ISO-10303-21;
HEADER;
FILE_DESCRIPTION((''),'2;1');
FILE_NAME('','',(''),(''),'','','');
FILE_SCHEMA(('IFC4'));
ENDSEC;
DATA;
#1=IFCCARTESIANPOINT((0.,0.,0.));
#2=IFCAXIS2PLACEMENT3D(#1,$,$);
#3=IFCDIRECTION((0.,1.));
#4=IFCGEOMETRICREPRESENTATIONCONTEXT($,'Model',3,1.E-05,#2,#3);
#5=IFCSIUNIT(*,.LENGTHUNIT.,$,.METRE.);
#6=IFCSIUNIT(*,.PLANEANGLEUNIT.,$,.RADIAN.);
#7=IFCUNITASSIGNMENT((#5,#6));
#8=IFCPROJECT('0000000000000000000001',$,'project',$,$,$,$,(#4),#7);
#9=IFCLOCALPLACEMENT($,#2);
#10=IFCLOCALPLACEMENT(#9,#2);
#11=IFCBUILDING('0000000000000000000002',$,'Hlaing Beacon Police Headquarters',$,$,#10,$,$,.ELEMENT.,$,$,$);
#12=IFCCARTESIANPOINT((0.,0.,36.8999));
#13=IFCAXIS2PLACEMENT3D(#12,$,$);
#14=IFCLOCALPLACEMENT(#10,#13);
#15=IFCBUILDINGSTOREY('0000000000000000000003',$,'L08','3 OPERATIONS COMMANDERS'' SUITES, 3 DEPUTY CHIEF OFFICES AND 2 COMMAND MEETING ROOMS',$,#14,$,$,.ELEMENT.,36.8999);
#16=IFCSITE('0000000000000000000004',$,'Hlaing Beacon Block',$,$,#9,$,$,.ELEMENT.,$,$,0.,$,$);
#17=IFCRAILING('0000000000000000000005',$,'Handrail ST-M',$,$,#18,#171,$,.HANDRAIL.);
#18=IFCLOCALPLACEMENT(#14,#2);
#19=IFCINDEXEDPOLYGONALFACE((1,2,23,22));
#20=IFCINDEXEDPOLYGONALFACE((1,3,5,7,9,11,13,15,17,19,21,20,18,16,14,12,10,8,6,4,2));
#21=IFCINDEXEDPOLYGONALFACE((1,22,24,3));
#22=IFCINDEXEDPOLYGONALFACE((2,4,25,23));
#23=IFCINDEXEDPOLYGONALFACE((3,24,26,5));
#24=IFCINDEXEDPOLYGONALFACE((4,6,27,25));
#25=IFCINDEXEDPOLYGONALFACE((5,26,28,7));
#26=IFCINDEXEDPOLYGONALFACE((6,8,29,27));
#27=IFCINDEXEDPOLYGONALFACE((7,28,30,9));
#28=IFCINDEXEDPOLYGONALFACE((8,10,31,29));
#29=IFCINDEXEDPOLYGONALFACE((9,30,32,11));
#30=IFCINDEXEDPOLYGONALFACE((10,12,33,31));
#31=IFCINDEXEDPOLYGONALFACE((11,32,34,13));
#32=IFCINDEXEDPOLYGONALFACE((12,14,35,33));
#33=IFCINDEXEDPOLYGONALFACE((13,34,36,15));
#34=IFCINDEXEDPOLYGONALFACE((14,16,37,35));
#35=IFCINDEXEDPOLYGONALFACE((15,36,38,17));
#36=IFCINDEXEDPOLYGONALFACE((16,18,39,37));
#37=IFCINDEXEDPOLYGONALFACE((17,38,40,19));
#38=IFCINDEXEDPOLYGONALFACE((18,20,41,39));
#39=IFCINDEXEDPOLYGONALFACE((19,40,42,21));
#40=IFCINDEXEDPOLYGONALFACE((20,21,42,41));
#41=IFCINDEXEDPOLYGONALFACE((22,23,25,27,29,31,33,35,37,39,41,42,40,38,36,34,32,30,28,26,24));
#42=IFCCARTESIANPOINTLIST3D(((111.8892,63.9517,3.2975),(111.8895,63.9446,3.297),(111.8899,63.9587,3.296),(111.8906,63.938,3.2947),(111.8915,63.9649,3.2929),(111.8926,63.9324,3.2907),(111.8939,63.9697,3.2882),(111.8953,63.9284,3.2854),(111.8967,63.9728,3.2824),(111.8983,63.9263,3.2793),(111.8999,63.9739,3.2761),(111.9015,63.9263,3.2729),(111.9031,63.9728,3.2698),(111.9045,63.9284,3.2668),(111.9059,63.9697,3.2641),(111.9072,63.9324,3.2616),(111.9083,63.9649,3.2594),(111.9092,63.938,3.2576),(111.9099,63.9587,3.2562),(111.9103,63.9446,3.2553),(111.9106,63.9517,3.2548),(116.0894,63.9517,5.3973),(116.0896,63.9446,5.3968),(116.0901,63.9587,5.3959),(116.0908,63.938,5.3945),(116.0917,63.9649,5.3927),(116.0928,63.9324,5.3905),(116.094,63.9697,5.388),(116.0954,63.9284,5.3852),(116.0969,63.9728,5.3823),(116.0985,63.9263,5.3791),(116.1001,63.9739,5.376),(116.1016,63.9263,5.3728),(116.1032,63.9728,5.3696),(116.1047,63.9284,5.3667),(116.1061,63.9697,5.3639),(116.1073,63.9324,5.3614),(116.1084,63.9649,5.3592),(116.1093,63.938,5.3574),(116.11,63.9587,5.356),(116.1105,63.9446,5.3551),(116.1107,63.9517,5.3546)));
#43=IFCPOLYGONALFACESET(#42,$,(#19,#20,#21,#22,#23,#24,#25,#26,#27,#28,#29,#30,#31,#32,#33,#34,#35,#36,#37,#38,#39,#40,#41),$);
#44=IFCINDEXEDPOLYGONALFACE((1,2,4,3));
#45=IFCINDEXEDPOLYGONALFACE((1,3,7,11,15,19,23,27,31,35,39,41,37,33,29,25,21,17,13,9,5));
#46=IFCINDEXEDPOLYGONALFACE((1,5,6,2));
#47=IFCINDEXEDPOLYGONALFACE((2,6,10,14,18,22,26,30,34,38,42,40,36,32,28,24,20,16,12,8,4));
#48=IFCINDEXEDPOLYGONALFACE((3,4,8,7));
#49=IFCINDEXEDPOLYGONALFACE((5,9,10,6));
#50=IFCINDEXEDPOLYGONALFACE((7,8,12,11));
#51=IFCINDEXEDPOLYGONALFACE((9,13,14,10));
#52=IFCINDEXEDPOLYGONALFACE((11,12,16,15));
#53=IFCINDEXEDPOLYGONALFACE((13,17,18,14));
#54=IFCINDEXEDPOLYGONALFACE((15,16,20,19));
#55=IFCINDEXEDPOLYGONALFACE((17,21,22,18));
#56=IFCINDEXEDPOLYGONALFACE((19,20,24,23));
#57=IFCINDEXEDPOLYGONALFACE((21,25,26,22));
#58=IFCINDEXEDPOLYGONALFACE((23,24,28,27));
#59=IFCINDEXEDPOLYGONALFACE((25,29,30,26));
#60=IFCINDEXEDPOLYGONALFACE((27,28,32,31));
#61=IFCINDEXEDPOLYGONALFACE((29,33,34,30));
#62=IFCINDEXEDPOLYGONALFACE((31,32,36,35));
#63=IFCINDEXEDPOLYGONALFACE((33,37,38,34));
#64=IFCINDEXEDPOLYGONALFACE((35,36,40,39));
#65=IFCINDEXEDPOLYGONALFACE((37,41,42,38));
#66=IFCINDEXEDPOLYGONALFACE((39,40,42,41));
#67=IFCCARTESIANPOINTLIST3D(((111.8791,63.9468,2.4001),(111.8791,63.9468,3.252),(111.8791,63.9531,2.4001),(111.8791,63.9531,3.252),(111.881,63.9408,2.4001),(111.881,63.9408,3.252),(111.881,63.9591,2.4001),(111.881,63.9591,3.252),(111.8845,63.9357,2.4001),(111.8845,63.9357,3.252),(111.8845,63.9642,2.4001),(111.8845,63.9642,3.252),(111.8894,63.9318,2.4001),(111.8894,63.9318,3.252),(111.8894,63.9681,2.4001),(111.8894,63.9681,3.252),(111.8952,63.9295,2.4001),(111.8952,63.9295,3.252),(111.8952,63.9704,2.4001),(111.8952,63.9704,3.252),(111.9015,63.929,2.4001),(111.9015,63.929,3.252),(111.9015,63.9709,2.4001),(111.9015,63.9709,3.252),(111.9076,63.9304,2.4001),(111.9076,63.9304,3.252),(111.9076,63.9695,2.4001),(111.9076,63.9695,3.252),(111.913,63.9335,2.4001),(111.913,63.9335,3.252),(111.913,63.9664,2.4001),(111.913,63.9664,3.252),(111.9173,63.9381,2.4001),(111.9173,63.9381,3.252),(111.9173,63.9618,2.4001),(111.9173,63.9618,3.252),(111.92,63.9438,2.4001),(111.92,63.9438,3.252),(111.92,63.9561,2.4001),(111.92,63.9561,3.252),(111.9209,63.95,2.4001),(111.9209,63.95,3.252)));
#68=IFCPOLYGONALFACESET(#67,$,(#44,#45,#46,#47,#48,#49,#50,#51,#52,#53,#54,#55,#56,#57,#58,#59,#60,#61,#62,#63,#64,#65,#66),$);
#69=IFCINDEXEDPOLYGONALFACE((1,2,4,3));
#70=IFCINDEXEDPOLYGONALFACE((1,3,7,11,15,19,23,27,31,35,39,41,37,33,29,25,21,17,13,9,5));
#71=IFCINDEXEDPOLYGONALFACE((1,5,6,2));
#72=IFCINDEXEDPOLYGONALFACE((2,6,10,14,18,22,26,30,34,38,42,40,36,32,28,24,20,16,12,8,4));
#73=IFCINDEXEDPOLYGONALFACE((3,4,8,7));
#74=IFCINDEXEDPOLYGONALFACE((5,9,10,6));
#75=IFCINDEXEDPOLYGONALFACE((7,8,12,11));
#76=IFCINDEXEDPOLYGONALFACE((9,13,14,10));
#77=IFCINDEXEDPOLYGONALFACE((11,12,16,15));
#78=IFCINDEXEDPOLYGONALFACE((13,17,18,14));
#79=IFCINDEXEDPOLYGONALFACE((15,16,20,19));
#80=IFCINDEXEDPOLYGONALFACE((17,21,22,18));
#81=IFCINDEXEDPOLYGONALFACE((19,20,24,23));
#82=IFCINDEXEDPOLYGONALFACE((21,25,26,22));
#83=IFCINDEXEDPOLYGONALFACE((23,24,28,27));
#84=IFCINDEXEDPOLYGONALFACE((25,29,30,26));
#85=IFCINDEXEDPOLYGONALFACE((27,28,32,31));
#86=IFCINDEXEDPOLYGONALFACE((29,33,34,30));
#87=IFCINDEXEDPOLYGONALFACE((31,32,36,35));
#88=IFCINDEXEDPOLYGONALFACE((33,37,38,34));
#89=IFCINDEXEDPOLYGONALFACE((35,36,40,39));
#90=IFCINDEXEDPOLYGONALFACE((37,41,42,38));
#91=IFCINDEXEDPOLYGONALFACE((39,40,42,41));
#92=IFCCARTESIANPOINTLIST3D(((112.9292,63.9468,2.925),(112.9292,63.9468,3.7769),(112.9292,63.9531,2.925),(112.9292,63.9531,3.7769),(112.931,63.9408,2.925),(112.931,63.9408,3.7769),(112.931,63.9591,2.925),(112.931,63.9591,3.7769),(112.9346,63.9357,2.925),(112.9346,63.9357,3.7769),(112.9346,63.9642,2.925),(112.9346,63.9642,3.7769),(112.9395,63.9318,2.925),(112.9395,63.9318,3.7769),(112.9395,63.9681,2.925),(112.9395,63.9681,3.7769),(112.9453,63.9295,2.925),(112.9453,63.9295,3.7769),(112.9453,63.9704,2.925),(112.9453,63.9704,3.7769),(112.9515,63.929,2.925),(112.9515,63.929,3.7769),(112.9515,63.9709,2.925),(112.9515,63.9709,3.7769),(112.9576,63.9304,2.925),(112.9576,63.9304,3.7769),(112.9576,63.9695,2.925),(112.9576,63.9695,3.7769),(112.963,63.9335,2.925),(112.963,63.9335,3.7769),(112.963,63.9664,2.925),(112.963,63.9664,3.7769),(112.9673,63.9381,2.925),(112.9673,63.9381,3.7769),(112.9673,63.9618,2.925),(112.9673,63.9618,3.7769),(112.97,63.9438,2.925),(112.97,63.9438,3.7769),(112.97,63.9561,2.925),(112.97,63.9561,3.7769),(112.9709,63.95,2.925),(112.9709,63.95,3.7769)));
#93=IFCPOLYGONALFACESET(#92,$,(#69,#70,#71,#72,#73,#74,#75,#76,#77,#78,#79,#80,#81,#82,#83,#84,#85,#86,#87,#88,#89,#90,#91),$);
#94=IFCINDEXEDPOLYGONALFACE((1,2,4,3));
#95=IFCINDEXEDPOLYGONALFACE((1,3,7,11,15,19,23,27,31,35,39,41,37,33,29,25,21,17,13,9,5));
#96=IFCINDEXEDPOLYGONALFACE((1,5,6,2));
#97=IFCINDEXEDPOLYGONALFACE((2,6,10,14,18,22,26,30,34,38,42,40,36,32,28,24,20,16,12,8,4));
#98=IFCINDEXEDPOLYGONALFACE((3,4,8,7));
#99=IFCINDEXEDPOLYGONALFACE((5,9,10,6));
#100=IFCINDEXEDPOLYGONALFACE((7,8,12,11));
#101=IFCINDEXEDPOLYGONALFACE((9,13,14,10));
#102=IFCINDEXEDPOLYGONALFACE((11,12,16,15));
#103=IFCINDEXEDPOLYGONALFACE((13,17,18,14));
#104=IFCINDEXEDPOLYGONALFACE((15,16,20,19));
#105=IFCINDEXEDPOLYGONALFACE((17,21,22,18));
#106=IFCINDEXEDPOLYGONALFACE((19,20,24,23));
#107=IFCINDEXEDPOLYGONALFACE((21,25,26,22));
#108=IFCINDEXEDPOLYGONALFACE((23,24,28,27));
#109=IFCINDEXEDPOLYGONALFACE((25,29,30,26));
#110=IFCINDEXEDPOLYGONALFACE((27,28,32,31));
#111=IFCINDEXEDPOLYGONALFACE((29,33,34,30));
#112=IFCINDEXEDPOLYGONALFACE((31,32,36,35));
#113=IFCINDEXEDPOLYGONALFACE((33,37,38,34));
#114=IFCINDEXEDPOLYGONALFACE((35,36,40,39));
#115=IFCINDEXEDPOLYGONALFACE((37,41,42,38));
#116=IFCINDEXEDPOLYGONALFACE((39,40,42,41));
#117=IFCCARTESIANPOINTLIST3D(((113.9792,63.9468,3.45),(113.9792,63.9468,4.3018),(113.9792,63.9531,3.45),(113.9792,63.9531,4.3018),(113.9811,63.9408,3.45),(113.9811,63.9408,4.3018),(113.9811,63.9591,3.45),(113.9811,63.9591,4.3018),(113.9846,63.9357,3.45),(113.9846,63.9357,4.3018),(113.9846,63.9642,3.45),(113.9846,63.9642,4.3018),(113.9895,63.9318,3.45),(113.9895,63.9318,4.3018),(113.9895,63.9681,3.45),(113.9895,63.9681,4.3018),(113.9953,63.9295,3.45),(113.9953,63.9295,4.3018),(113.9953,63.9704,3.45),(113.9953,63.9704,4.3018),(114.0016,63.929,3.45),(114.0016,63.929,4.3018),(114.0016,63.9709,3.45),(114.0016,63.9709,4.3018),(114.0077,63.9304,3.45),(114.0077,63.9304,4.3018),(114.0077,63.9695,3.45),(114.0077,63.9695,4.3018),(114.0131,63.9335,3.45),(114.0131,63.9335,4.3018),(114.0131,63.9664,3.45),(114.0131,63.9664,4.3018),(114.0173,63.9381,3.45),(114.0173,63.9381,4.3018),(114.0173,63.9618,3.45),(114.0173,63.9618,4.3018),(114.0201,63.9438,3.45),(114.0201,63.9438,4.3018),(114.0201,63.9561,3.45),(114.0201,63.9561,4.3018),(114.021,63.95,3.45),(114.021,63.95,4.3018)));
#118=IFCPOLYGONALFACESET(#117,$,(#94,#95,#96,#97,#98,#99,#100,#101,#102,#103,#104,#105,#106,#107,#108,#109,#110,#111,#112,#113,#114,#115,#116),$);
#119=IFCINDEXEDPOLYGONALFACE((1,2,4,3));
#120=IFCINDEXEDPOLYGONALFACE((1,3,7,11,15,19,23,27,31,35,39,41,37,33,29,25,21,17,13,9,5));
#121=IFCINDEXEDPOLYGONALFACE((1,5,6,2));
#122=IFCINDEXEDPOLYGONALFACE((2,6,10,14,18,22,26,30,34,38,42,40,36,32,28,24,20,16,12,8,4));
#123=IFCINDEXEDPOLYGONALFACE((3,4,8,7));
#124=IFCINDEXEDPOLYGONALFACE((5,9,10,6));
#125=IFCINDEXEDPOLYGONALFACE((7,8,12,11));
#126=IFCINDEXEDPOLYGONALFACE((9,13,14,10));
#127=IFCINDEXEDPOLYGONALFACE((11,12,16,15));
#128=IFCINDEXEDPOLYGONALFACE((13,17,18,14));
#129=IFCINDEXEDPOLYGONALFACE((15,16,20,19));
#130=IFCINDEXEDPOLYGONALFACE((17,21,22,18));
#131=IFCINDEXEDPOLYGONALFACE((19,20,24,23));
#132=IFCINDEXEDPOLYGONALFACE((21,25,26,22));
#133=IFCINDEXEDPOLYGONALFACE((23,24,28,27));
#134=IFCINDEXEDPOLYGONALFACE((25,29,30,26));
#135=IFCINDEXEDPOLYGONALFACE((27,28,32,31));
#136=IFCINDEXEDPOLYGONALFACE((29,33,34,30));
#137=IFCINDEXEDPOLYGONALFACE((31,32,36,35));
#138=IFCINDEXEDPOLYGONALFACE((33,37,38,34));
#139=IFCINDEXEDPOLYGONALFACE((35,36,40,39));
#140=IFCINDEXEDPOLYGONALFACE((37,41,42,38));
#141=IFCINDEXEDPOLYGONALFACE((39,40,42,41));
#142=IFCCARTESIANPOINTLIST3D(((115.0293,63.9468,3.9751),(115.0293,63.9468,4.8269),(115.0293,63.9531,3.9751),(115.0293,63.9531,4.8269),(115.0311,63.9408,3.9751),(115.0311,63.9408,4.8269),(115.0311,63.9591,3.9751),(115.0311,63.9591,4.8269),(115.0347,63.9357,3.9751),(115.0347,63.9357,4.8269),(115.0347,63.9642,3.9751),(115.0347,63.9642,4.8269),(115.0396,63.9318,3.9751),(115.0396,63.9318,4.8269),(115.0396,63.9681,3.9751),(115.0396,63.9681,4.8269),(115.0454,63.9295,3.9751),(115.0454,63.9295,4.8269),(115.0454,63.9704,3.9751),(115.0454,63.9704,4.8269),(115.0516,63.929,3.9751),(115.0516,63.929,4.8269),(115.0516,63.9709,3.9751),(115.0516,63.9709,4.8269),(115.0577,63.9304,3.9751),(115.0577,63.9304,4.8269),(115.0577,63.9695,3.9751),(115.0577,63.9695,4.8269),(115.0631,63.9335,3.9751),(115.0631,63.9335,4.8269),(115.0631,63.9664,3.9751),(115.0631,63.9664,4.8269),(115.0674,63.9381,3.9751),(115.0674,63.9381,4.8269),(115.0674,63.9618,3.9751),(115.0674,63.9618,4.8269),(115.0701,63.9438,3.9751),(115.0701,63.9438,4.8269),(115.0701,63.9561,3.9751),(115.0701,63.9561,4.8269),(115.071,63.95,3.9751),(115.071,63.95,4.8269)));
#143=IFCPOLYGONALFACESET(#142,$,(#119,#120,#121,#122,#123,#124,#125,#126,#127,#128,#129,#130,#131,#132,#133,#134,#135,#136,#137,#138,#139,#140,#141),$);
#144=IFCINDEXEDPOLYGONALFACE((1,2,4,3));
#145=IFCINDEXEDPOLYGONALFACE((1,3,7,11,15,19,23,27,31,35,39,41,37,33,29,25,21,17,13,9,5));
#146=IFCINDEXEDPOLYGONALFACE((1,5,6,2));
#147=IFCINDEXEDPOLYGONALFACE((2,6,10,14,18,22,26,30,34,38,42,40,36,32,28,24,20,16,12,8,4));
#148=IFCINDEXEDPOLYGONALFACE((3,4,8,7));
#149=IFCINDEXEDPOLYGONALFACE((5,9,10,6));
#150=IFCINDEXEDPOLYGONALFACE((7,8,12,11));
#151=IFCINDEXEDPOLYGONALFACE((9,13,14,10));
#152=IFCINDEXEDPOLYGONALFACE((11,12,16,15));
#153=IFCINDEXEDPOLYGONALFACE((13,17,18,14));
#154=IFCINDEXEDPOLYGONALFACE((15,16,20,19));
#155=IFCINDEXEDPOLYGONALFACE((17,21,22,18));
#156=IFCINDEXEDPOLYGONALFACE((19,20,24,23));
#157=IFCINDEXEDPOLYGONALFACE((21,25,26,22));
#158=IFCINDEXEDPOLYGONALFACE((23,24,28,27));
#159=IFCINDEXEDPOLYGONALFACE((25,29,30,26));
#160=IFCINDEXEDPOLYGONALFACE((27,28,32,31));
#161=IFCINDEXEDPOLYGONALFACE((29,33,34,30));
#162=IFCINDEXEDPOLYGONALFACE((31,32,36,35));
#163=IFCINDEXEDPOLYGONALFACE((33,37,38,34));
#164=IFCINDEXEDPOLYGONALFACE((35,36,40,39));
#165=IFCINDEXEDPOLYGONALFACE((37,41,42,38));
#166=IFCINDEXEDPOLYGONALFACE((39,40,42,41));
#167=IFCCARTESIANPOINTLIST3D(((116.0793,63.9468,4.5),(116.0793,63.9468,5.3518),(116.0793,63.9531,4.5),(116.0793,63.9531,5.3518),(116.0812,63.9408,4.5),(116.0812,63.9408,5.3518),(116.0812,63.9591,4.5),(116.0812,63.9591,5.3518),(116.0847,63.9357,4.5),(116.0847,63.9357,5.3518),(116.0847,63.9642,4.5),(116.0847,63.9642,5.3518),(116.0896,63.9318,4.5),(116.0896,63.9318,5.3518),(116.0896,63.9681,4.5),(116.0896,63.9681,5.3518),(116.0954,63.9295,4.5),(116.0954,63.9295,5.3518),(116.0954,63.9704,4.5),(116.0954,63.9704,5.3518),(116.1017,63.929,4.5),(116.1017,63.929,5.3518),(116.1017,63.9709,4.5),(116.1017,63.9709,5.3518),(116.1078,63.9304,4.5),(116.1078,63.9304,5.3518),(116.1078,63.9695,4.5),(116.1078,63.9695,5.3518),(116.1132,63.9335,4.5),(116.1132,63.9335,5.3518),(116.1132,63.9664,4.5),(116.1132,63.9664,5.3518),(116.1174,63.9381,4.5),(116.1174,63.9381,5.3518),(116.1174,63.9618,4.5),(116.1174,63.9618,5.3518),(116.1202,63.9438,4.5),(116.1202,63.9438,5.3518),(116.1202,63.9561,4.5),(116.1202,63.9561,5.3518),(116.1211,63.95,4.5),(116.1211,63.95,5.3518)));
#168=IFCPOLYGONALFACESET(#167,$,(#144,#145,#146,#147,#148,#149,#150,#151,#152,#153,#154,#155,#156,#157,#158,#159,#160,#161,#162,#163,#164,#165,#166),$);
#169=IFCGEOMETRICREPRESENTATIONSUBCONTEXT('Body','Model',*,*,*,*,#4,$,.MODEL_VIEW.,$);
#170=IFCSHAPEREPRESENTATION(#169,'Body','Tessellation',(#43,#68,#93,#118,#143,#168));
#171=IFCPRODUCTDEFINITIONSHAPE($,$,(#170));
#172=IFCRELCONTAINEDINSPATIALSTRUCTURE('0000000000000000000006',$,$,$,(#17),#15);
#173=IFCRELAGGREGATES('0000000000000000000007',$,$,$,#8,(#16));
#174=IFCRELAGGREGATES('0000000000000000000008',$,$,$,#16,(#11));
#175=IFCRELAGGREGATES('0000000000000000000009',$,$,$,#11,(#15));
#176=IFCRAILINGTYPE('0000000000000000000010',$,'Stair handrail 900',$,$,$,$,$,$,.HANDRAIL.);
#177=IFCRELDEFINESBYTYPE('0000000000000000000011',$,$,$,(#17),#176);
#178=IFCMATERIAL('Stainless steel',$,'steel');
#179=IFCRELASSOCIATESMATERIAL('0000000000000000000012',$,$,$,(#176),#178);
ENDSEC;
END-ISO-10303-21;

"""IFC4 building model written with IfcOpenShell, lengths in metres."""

from ifc_helpers import new_model, si_unit, direction, frame, origin, origin_2d, place, context, subcontext, project, spatial, circle, extrude, material, type_object, element, save


model = new_model("IFC4")

# Units and contexts
model_context = context("Model", 3, precision=1e-05, world=origin(), true_north=direction((0.0, 1.0)))
body_context = subcontext(model_context, "Body", "Model", "MODEL_VIEW")
ifc_project = project(units=[si_unit("LENGTHUNIT", "METRE"), si_unit("PLANEANGLEUNIT", "RADIAN")], contexts=[model_context])

# Site, building, storey
site_placement = place(None, origin())
site = spatial("IfcSite", under=ifc_project, at=site_placement, Name="Hlaing Beacon Block", CompositionType="ELEMENT", RefElevation=0.0)
building_placement = place(site_placement, origin())
building = spatial("IfcBuilding", under=site, at=building_placement, Name="Hlaing Beacon Police Headquarters", CompositionType="ELEMENT")
storey_placement = place(building_placement, frame((0.0, 0.0, 36.8999)))
storey = spatial("IfcBuildingStorey", under=building, at=storey_placement, Name="L08", Description="3 OPERATIONS COMMANDERS' SUITES, 3 DEPUTY CHIEF OFFICES AND 2 COMMAND MEETING ROOMS", CompositionType="ELEMENT", Elevation=36.8999)

# Railing
ifc_material_1 = material(Name="Stainless steel", Category="steel")
railing_type_1 = type_object("IfcRailingType", Name="Stair handrail 900", PredefinedType="HANDRAIL", material=ifc_material_1)
for number, where, name in (
    (1, (111.8999, 63.95, 2.4001), "Handrail ST-M"),
):
    element("IfcRailing", number, at=place(storey_placement, frame(where)), inside=storey, type_object=railing_type_1, Name=name, PredefinedType="HANDRAIL", context=body_context, shape_type="SweptSolid", body=[
        extrude(circle(Radius=0.0239, at=origin_2d()), frame((0.0, 0.0, 0.876), z_axis=(0.894448, 0.0, 0.447172), x_axis=(0.0, 1.0, 0.0)), (0.0, 0.0, 1.0), 4.6958),
        extrude(circle(Radius=0.021, at=origin_2d()), origin(), (0.0, 0.0, 1.0), 0.8518),
        extrude(circle(Radius=0.021, at=origin_2d()), frame((1.05, 0.0, 0.5249)), (0.0, 0.0, 1.0), 0.8518),
        extrude(circle(Radius=0.021, at=origin_2d()), frame((2.1001, 0.0, 1.0498)), (0.0, 0.0, 1.0), 0.8518),
        extrude(circle(Radius=0.021, at=origin_2d()), frame((3.1501, 0.0, 1.575)), (0.0, 0.0, 1.0), 0.8518),
        extrude(circle(Radius=0.021, at=origin_2d()), frame((4.2002, 0.0, 2.0999)), (0.0, 0.0, 1.0), 0.8518),
    ])

save(model, "model.ifc")
